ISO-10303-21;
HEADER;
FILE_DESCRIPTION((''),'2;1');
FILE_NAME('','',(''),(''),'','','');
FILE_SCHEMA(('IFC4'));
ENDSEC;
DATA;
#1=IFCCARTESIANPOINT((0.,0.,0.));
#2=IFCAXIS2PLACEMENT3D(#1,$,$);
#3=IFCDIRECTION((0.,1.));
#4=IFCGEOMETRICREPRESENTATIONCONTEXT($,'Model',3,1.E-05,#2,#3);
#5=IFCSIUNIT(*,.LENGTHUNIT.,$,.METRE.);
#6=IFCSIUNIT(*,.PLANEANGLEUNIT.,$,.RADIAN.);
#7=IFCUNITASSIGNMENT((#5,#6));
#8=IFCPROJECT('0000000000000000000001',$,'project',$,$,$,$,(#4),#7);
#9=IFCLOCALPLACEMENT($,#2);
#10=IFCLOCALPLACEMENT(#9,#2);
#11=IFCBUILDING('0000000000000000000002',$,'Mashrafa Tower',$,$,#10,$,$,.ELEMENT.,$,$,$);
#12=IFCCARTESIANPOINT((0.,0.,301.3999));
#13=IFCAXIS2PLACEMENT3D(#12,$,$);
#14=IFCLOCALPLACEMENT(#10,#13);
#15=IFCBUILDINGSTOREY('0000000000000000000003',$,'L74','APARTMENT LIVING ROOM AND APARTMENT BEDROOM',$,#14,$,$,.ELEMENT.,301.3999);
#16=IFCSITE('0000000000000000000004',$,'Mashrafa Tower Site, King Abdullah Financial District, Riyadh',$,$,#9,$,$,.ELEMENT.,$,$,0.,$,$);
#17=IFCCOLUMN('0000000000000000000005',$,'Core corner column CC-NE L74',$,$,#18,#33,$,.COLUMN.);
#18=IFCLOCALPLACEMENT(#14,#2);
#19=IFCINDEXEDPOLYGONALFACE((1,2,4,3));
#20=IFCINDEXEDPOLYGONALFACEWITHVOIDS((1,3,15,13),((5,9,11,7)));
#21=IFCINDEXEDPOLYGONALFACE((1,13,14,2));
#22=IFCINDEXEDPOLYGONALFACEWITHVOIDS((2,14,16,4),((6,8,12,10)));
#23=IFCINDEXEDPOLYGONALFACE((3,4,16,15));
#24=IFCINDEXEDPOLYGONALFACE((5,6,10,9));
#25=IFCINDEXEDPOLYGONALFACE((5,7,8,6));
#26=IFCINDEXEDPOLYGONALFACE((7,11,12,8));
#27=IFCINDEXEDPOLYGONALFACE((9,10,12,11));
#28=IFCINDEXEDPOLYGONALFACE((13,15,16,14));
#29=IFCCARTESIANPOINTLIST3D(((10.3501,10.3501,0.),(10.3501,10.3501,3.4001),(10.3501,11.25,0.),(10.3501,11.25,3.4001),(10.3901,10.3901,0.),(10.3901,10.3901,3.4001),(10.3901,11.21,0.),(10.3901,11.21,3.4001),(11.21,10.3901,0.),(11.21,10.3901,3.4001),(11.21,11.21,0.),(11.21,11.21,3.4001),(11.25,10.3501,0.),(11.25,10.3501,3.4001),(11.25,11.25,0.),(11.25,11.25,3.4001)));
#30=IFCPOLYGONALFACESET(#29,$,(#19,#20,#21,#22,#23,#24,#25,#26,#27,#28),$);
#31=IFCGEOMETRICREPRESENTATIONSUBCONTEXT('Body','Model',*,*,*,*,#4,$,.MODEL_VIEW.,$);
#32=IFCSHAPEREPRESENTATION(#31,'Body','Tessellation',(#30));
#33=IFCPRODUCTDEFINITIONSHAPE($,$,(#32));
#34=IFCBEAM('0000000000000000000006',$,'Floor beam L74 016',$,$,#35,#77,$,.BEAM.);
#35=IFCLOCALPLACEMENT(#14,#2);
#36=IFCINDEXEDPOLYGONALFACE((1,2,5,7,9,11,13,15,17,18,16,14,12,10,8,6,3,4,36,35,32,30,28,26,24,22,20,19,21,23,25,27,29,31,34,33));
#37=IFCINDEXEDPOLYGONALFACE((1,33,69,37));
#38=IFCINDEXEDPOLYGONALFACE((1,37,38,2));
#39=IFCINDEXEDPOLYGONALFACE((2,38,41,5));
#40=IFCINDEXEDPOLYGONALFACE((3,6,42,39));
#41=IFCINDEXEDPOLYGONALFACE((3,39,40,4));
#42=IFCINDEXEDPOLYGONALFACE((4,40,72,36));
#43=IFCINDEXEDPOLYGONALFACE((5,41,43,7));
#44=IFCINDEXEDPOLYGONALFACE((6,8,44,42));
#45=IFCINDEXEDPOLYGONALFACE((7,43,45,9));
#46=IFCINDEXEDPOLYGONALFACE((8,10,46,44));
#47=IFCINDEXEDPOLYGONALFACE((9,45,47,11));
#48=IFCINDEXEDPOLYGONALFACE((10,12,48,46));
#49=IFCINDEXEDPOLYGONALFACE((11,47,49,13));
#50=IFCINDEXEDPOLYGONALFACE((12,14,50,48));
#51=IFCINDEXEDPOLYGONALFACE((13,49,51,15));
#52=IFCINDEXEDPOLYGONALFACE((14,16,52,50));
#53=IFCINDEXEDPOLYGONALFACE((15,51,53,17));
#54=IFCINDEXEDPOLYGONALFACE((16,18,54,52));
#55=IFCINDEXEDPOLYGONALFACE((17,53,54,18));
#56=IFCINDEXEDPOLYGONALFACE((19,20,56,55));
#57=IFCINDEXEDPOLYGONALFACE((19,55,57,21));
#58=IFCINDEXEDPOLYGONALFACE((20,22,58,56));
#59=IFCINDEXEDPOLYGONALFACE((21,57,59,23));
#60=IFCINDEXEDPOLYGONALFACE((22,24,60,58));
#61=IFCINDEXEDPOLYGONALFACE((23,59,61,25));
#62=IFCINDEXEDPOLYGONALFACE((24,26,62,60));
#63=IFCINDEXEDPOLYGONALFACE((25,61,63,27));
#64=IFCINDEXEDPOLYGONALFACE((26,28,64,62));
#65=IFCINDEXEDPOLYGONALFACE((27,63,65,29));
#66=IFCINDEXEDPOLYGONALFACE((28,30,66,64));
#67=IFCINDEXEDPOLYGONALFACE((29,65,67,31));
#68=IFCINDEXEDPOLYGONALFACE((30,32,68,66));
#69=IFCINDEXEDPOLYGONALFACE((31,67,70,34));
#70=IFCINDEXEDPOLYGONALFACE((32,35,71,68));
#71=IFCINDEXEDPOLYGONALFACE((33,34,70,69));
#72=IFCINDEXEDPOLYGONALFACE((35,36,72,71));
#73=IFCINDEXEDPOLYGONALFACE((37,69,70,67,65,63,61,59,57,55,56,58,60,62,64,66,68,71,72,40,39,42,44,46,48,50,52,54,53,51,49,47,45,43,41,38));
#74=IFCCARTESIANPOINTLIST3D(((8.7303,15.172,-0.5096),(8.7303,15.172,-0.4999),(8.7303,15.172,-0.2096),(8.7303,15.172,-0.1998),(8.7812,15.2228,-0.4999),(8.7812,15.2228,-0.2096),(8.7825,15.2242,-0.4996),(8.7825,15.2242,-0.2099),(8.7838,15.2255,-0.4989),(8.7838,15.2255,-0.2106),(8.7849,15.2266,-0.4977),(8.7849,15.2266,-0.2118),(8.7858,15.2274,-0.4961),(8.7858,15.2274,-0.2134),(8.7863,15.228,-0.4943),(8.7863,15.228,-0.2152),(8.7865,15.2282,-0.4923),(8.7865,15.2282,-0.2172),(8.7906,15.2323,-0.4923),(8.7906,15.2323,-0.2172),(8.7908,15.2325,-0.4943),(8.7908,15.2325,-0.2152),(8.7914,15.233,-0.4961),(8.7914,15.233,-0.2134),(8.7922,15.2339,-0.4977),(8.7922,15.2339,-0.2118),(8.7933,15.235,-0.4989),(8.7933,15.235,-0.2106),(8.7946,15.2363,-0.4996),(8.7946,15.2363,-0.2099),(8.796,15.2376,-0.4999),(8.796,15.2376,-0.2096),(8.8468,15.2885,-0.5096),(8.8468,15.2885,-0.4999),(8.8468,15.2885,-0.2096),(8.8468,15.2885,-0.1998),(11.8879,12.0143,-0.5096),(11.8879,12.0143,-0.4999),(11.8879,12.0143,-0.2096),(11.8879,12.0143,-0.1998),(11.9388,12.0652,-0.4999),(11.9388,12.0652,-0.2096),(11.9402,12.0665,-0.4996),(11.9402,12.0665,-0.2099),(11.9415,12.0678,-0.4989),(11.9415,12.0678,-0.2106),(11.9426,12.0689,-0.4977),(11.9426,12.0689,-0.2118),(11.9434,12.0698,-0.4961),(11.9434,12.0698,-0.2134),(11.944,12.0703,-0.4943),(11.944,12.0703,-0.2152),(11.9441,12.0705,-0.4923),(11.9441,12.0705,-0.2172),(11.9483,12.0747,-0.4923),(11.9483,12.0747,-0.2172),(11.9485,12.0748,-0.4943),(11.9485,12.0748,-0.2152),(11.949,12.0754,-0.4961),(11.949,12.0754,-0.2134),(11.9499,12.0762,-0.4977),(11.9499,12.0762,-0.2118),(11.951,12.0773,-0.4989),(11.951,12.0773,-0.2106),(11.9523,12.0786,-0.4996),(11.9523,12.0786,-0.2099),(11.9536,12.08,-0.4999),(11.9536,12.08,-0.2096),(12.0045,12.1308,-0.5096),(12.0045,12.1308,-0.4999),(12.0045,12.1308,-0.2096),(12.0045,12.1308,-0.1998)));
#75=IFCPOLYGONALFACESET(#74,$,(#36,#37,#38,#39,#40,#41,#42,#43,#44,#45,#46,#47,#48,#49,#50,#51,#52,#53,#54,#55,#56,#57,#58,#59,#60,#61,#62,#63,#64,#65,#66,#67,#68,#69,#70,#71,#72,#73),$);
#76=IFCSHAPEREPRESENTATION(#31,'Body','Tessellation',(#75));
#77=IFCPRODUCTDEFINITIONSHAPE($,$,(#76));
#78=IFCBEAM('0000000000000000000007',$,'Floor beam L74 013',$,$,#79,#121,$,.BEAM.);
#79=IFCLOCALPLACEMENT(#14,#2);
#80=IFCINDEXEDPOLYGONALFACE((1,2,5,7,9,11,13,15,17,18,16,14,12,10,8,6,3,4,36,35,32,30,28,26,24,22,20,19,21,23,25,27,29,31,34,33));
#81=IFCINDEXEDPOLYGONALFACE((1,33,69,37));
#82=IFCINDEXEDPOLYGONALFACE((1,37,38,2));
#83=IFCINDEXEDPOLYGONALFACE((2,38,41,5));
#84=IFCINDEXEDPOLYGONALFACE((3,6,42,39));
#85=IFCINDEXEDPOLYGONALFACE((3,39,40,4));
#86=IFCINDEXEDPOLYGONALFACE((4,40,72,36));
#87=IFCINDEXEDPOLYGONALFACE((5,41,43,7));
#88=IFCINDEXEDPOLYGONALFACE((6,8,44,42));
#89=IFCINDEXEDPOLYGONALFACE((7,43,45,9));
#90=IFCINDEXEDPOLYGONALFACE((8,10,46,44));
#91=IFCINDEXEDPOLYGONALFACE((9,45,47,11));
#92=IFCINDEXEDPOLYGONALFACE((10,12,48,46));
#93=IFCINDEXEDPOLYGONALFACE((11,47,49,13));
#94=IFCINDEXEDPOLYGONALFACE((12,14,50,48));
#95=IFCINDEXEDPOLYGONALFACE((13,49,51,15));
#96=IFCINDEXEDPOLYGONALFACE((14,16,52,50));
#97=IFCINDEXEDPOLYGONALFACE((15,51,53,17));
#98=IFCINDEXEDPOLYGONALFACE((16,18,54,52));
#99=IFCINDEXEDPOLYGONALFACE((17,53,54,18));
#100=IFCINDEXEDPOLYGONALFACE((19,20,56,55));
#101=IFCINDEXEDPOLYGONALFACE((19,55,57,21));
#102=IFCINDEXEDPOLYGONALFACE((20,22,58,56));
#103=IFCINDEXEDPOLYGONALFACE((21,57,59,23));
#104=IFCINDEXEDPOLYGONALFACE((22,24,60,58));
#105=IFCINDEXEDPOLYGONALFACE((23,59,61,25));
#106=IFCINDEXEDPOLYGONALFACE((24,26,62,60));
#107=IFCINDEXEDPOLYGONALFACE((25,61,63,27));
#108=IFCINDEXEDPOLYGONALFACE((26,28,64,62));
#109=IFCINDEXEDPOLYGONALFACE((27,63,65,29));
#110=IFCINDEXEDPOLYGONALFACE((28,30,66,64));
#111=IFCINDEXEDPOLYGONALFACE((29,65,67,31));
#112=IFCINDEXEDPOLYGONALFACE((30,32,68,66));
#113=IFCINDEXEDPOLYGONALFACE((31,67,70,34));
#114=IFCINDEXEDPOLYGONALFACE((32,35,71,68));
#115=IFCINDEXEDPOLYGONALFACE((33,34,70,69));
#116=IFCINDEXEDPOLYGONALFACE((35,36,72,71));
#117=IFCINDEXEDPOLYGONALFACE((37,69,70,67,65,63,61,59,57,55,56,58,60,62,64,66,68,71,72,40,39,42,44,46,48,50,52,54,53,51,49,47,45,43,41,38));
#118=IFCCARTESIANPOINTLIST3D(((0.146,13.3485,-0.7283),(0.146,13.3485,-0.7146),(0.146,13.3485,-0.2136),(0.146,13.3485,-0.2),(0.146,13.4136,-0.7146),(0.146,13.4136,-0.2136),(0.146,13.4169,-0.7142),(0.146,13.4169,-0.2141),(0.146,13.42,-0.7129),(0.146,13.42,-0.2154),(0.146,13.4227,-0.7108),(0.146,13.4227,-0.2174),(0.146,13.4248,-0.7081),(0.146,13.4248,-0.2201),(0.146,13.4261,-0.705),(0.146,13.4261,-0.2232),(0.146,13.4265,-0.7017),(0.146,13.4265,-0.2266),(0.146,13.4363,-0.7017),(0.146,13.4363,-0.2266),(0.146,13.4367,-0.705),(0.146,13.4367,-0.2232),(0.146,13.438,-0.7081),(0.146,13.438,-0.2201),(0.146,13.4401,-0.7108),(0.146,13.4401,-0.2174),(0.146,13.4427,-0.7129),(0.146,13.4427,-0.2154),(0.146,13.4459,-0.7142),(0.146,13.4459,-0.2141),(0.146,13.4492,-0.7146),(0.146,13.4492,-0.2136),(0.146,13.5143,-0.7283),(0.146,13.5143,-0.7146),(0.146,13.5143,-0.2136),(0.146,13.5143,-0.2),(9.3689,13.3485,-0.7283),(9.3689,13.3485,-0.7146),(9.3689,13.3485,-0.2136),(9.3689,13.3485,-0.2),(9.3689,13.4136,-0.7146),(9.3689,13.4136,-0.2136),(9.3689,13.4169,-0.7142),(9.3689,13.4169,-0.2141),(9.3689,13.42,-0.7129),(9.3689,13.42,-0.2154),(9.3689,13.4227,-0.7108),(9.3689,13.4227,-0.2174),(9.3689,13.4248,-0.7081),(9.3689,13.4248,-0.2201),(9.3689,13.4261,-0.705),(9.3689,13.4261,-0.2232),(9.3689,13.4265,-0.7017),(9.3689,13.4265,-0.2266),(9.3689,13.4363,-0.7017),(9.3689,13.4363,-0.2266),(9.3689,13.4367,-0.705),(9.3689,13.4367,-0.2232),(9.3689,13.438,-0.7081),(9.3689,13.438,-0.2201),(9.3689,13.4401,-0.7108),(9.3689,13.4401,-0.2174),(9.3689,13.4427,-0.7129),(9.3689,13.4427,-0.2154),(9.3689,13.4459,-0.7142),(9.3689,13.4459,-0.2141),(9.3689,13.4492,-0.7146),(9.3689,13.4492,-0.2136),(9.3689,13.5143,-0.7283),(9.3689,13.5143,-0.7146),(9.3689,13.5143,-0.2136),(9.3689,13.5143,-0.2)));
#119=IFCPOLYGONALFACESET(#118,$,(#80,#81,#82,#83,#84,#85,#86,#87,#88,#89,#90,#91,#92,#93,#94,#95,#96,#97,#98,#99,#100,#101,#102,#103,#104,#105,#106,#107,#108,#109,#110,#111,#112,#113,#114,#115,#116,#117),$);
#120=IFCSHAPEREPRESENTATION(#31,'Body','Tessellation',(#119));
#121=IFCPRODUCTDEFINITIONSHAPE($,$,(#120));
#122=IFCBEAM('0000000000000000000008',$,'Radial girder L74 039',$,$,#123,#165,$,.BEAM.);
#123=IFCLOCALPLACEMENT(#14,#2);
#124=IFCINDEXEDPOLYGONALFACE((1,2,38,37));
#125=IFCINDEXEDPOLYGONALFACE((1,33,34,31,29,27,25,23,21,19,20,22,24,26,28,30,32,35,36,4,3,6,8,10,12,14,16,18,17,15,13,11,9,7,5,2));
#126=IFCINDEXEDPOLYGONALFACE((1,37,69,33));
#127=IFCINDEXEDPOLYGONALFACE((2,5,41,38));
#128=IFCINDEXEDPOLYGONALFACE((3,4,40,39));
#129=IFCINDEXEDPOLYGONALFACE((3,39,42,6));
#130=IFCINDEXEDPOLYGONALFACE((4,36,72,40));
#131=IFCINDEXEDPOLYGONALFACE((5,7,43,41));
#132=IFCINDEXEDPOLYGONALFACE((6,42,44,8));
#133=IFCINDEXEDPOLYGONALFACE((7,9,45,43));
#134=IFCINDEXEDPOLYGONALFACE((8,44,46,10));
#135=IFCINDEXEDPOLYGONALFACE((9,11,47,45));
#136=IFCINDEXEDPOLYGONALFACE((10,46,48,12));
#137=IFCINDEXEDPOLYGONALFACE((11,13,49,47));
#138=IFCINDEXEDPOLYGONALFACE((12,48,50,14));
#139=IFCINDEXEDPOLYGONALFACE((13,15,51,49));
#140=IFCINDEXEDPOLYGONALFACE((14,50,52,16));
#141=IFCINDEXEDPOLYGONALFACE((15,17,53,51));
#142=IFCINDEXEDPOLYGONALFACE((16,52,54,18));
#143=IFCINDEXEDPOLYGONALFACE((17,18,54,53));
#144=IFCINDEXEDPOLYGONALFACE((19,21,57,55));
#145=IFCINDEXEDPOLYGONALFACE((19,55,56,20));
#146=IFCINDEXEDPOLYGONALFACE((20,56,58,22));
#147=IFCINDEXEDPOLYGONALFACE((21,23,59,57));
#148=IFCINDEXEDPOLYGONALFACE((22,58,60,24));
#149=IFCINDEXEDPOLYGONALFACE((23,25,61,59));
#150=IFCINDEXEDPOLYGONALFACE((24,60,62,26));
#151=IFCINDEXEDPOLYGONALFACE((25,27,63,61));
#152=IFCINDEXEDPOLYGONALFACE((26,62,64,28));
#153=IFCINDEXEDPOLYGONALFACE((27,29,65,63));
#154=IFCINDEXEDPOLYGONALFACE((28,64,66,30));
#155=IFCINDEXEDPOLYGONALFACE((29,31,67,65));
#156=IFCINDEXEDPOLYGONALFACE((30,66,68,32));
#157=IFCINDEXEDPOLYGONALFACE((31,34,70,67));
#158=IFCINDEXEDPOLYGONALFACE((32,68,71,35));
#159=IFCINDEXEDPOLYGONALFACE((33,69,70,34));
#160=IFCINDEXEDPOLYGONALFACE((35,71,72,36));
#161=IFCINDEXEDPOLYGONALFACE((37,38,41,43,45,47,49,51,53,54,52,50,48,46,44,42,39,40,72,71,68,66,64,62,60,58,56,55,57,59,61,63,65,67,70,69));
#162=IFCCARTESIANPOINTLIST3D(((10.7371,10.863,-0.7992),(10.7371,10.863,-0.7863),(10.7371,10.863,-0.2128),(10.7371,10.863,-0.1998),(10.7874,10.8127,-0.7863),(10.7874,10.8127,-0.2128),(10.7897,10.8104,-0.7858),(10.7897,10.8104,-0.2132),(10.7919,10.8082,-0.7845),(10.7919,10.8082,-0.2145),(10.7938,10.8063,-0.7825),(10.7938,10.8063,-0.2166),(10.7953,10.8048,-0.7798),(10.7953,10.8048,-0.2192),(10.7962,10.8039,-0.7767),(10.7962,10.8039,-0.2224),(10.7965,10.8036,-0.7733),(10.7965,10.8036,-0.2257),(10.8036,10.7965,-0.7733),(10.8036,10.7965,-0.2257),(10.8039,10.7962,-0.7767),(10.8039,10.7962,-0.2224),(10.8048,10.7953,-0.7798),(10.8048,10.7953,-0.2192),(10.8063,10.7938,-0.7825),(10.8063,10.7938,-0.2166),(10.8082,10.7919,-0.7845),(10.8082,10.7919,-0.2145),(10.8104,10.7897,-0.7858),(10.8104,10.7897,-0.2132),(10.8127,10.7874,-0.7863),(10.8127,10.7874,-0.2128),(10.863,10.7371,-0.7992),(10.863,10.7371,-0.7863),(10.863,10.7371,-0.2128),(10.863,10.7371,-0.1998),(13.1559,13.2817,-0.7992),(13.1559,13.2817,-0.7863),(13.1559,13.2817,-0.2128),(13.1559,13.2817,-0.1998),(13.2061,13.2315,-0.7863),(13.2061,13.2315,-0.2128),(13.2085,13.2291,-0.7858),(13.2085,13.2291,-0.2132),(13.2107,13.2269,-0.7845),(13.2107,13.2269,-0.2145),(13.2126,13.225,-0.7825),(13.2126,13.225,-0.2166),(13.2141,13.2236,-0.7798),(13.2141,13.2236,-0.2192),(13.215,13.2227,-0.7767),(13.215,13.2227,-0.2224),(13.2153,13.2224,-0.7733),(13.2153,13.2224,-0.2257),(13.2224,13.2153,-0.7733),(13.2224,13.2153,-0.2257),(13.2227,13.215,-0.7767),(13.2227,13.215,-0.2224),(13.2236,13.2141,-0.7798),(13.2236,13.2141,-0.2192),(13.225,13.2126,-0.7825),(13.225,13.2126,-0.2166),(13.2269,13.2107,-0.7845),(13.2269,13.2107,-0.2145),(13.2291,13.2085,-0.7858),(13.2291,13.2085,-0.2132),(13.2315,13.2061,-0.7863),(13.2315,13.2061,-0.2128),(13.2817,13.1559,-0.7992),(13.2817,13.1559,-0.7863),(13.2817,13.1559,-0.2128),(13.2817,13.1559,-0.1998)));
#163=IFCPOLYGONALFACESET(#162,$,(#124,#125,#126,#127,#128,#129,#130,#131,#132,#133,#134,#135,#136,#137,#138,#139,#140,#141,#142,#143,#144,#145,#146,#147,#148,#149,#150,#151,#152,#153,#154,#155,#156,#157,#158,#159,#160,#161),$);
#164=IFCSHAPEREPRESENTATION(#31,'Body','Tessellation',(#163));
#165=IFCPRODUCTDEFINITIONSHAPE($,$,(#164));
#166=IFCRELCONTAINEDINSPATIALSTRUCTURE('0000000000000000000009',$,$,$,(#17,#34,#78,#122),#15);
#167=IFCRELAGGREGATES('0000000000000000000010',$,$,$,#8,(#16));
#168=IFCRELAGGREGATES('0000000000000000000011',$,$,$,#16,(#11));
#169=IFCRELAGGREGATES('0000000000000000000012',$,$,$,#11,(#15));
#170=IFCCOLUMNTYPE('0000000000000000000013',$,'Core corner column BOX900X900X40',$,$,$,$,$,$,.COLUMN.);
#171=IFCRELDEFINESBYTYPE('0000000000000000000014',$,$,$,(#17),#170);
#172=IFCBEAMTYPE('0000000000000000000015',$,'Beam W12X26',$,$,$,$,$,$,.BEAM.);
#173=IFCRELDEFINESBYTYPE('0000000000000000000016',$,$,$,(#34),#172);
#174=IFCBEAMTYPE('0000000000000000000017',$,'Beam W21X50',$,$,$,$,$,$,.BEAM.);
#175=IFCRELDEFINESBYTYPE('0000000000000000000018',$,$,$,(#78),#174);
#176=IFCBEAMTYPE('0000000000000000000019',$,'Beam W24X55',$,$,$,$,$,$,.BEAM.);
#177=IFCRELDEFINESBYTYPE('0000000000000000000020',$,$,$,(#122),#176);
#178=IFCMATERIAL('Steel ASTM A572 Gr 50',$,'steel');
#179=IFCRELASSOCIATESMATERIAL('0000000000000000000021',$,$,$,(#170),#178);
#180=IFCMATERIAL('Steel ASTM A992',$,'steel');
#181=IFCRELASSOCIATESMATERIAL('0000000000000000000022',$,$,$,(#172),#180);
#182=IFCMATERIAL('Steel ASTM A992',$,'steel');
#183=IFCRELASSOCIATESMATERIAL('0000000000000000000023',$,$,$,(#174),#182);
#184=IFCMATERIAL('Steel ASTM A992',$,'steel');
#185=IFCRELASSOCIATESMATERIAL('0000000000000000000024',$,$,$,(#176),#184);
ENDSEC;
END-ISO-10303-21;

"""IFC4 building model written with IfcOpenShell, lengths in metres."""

from ifc_helpers import new_model, si_unit, direction, frame, origin, origin_2d, place, context, subcontext, project, spatial, hollow_rectangle, i_section, extrude, material, material_profile, profile_set, type_object, element, save


model = new_model("IFC4")

# Units and contexts
model_context = context("Model", 3, precision=1e-05, world=origin(), true_north=direction((0.0, 1.0)))
body_context = subcontext(model_context, "Body", "Model", "MODEL_VIEW")
ifc_project = project(units=[si_unit("LENGTHUNIT", "METRE"), si_unit("PLANEANGLEUNIT", "RADIAN")], contexts=[model_context])

# Site, building, storey
site_placement = place(None, origin())
site = spatial("IfcSite", under=ifc_project, at=site_placement, Name="Mashrafa Tower Site, King Abdullah Financial District, Riyadh", CompositionType="ELEMENT", RefElevation=0.0)
building_placement = place(site_placement, origin())
building = spatial("IfcBuilding", under=site, at=building_placement, Name="Mashrafa Tower", CompositionType="ELEMENT")
storey_placement = place(building_placement, frame((0.0, 0.0, 301.3999)))
storey = spatial("IfcBuildingStorey", under=building, at=storey_placement, Name="L74", Description="APARTMENT LIVING ROOM AND APARTMENT BEDROOM", CompositionType="ELEMENT", Elevation=301.3999)

# Column
ifc_material_1 = material(Name="Steel ASTM A572 Gr 50", Category="steel")
ifc_material_profile_1 = material_profile(ifc_material_1, hollow_rectangle(XDim=0.8999, YDim=0.8999, WallThickness=0.04, at=origin_2d()), Name="BOX900X900X40")
ifc_profile_set_1 = profile_set([ifc_material_profile_1], Name="Steel ASTM A572 Gr 50")
column_type = type_object("IfcColumnType", Name="Core corner column BOX900X900X40", PredefinedType="COLUMN", material=ifc_profile_set_1)
column_placement = place(storey_placement, frame((10.8, 10.8, 0.0), z_axis=(0.0, 0.0, 1.0), x_axis=(1.0, 0.0, 0.0)))
element("IfcColumn", 1, at=column_placement, inside=storey, type_object=column_type, Name="Core corner column CC-NE L74", PredefinedType="COLUMN", context=body_context, shape_type="SweptSolid", body=[
    extrude(hollow_rectangle(XDim=0.8999, YDim=0.8999, WallThickness=0.04, at=origin_2d()), origin(), (0.0, 0.0, 1.0), 3.4001),
])

# Beams
ifc_material_2 = material(Name="Steel ASTM A992", Category="steel")
ifc_material_profile_2 = material_profile(ifc_material_2, i_section(OverallWidth=0.1648, OverallDepth=0.3098, WebThickness=0.0059, FlangeThickness=0.0098, FilletRadius=0.0076, at=origin_2d()), Name="W12X26")
ifc_profile_set_2 = profile_set([ifc_material_profile_2], Name="Steel ASTM A992")
beam_type_1 = type_object("IfcBeamType", Name="Beam W12X26", PredefinedType="BEAM", material=ifc_profile_set_2)
beam_1_placement = place(storey_placement, frame((8.7886, 15.2302, -0.3547), z_axis=(0.707107, -0.707107, 0.0), x_axis=(0.707107, 0.707107, 0.0)))
element("IfcBeam", 2, at=beam_1_placement, inside=storey, type_object=beam_type_1, Name="Floor beam L74 016", PredefinedType="BEAM", context=body_context, shape_type="SweptSolid", body=[
    extrude(i_section(OverallWidth=0.1648, OverallDepth=0.3098, WebThickness=0.0059, FlangeThickness=0.0098, FilletRadius=0.0076, at=origin_2d()), origin(), (0.0, 0.0, 1.0), 4.4656),
])
ifc_material_3 = material(Name="Steel ASTM A992", Category="steel")
ifc_material_profile_3 = material_profile(ifc_material_3, i_section(OverallWidth=0.1658, OverallDepth=0.5283, WebThickness=0.0098, FlangeThickness=0.0137, FilletRadius=0.0129, at=origin_2d()), Name="W21X50")
ifc_profile_set_3 = profile_set([ifc_material_profile_3], Name="Steel ASTM A992")
beam_type_2 = type_object("IfcBeamType", Name="Beam W21X50", PredefinedType="BEAM", material=ifc_profile_set_3)
beam_2_placement = place(storey_placement, frame((0.146, 13.4314, -0.4641), z_axis=(1.0, 0.0, 0.0), x_axis=(0.0, 1.0, 0.0)))
element("IfcBeam", 3, at=beam_2_placement, inside=storey, type_object=beam_type_2, Name="Floor beam L74 013", PredefinedType="BEAM", context=body_context, shape_type="SweptSolid", body=[
    extrude(i_section(OverallWidth=0.1658, OverallDepth=0.5283, WebThickness=0.0098, FlangeThickness=0.0137, FilletRadius=0.0129, at=origin_2d()), origin(), (0.0, 0.0, 1.0), 9.2229),
])
ifc_material_4 = material(Name="Steel ASTM A992", Category="steel")
ifc_material_profile_4 = material_profile(ifc_material_4, i_section(OverallWidth=0.178, OverallDepth=0.5994, WebThickness=0.01, FlangeThickness=0.0129, FilletRadius=0.0129, at=origin_2d()), Name="W24X55")
ifc_profile_set_4 = profile_set([ifc_material_profile_4], Name="Steel ASTM A992")
beam_type_3 = type_object("IfcBeamType", Name="Beam W24X55", PredefinedType="BEAM", material=ifc_profile_set_4)
beam_3_placement = place(storey_placement, frame((10.8, 10.8, -0.4995), z_axis=(0.707107, 0.707107, 0.0), x_axis=(-0.707107, 0.707107, 0.0)))
element("IfcBeam", 4, at=beam_3_placement, inside=storey, type_object=beam_type_3, Name="Radial girder L74 039", PredefinedType="BEAM", context=body_context, shape_type="SweptSolid", body=[
    extrude(i_section(OverallWidth=0.178, OverallDepth=0.5994, WebThickness=0.01, FlangeThickness=0.0129, FilletRadius=0.0129, at=origin_2d()), origin(), (0.0, 0.0, 1.0), 3.4207),
])

save(model, "model.ifc")
